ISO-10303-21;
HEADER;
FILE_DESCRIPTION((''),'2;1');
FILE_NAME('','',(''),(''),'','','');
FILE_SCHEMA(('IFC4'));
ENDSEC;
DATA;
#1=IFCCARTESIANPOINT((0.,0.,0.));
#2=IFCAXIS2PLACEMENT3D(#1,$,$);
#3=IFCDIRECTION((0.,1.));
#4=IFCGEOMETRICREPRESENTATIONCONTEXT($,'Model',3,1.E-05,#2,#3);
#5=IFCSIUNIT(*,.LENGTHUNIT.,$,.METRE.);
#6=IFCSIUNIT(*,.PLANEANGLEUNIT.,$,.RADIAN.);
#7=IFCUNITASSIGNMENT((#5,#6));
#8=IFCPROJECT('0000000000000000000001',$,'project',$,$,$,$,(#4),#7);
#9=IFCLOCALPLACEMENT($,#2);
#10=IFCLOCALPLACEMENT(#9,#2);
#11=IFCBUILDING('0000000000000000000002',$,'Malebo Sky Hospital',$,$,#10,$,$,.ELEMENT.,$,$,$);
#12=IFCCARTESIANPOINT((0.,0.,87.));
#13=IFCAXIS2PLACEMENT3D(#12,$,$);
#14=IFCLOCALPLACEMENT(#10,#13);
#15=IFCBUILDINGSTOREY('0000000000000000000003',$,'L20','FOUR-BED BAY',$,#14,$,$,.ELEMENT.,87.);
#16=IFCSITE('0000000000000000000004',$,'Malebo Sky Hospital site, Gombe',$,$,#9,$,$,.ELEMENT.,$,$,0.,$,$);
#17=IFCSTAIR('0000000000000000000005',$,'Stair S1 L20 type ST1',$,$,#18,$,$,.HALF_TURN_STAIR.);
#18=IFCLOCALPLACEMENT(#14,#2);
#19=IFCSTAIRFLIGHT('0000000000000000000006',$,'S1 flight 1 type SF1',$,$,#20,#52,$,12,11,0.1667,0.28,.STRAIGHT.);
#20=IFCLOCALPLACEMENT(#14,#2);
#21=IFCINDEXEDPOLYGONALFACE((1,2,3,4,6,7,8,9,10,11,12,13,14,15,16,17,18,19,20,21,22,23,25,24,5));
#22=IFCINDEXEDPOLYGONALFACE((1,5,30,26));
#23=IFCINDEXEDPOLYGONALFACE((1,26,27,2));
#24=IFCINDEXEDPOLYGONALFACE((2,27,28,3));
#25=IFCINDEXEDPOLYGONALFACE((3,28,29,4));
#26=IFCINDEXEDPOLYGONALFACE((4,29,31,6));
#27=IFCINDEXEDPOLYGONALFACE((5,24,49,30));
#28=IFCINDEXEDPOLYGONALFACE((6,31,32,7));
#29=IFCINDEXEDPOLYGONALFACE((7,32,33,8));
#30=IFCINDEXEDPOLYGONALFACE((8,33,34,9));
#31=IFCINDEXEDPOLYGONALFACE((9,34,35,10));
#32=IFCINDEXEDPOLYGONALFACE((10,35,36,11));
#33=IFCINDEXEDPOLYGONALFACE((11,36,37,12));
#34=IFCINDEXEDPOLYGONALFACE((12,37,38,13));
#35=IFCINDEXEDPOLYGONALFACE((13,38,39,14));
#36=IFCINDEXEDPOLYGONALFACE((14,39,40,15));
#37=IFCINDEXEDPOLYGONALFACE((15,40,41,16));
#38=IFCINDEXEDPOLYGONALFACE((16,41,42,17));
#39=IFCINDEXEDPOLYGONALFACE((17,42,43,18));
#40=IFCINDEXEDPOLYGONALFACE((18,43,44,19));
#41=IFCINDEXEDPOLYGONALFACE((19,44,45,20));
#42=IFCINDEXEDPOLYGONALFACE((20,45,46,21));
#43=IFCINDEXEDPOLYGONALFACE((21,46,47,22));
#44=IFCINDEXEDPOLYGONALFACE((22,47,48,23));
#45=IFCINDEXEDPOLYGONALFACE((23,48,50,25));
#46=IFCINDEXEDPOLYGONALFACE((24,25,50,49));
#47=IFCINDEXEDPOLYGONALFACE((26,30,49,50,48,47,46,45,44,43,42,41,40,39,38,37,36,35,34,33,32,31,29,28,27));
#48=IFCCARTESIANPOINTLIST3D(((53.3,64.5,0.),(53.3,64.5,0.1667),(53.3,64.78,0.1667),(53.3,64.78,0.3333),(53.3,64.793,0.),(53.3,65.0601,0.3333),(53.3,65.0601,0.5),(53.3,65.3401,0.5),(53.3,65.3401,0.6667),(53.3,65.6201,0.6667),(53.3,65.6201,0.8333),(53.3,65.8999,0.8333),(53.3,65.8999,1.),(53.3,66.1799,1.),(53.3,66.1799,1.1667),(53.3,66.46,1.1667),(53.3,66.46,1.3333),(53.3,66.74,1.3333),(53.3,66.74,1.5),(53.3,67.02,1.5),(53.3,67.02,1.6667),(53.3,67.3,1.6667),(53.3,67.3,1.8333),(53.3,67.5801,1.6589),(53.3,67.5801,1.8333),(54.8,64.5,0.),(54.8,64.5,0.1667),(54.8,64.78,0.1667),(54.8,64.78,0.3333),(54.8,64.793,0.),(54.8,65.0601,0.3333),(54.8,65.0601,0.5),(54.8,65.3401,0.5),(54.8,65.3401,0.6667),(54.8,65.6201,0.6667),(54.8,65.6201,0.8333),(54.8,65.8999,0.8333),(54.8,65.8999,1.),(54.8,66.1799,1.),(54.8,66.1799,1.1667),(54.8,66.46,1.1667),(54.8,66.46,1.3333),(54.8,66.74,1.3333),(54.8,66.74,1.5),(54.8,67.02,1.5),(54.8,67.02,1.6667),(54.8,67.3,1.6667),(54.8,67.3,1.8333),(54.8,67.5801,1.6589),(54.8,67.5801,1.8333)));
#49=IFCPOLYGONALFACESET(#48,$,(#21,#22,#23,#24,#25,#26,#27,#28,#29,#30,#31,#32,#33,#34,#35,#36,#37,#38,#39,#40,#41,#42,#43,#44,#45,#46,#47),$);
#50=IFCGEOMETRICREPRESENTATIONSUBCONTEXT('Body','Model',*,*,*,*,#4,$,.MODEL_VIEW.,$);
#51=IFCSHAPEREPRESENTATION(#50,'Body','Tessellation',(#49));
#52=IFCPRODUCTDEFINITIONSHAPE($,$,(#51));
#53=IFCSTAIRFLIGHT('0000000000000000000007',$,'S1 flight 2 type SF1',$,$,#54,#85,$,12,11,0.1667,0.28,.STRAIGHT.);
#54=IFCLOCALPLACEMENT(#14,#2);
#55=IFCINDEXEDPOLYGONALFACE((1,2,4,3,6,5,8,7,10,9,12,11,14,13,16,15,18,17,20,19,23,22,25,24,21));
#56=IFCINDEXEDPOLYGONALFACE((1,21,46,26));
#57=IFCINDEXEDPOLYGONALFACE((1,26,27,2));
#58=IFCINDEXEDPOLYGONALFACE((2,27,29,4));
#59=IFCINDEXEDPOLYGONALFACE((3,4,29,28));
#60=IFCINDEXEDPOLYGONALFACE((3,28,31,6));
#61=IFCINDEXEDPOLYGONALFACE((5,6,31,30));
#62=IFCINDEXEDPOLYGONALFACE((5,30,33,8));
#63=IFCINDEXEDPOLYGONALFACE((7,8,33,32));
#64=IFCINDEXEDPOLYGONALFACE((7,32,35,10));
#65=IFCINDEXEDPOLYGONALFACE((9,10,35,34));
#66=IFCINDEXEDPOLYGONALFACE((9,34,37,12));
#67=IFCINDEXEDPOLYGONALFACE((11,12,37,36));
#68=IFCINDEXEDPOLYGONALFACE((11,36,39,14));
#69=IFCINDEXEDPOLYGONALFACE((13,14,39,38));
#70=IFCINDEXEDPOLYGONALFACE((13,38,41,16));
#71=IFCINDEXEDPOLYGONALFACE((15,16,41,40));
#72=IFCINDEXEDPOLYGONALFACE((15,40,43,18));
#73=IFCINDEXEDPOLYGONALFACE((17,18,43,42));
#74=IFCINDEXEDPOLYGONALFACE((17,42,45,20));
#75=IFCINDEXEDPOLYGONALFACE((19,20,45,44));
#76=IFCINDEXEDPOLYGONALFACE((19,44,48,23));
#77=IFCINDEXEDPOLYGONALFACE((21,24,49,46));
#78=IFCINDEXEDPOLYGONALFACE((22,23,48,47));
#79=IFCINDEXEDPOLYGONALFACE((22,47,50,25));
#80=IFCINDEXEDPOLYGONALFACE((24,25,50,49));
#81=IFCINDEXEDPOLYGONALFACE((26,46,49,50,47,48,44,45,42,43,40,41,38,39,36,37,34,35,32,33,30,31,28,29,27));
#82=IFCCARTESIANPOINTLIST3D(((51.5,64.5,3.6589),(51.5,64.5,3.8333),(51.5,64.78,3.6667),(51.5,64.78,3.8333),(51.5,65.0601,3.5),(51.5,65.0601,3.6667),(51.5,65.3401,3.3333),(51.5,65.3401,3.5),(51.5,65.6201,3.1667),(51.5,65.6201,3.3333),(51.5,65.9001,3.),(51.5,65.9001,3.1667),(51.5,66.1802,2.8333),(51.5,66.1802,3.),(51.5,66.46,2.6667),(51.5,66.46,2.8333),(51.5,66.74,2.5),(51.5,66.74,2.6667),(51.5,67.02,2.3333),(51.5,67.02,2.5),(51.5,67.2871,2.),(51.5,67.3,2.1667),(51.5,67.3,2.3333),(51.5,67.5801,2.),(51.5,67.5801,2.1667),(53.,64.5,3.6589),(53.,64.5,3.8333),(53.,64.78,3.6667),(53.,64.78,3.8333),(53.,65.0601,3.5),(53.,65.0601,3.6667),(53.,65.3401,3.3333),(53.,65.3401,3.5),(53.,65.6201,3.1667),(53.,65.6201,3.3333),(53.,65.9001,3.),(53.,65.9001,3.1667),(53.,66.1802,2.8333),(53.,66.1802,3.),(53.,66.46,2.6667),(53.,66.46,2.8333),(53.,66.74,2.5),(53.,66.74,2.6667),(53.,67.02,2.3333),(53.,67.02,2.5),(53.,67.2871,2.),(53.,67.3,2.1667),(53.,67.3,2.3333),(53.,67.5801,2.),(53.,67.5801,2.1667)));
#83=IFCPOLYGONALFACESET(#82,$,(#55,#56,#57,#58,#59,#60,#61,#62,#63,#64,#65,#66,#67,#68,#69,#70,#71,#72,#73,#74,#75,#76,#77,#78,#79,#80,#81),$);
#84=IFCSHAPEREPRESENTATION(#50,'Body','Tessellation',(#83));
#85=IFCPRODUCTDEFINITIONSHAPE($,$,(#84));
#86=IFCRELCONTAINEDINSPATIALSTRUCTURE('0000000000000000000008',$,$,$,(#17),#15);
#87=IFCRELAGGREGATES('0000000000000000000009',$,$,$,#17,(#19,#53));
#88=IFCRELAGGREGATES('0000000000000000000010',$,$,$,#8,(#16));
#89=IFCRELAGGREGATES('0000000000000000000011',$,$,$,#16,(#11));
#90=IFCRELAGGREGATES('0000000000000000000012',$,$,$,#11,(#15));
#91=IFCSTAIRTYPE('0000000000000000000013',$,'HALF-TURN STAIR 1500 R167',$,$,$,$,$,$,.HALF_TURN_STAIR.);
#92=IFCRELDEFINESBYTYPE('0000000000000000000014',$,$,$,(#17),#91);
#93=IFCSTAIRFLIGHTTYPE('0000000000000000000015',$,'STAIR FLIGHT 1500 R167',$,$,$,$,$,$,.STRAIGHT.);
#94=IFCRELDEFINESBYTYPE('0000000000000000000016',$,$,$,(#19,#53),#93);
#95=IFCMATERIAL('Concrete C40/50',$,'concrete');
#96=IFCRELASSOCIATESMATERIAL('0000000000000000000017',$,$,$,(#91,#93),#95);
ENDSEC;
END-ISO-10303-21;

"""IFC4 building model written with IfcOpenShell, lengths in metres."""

from ifc_helpers import new_model, si_unit, direction, frame, origin, place, context, subcontext, project, spatial, polyline, outline, extrude, material, type_object, element, aggregate, save


model = new_model("IFC4")

# Units and contexts
model_context = context("Model", 3, precision=1e-05, world=origin(), true_north=direction((0.0, 1.0)))
body_context = subcontext(model_context, "Body", "Model", "MODEL_VIEW")
ifc_project = project(units=[si_unit("LENGTHUNIT", "METRE"), si_unit("PLANEANGLEUNIT", "RADIAN")], contexts=[model_context])

# Site, building, storey
site_placement = place(None, origin())
site = spatial("IfcSite", under=ifc_project, at=site_placement, Name="Malebo Sky Hospital site, Gombe", CompositionType="ELEMENT", RefElevation=0.0)
building_placement = place(site_placement, origin())
building = spatial("IfcBuilding", under=site, at=building_placement, Name="Malebo Sky Hospital", CompositionType="ELEMENT")
storey_placement = place(building_placement, frame((0.0, 0.0, 87.0)))
storey = spatial("IfcBuildingStorey", under=building, at=storey_placement, Name="L20", Description="FOUR-BED BAY", CompositionType="ELEMENT", Elevation=87.0)

# Stair, stair flights
ifc_material_1 = material(Name="Concrete C40/50", Category="concrete")
stair_type = type_object("IfcStairType", Name="HALF-TURN STAIR 1500 R167", PredefinedType="HALF_TURN_STAIR", material=ifc_material_1)
stair_placement = place(storey_placement, origin())
stair = element("IfcStair", 1, at=stair_placement, inside=storey, type_object=stair_type, Name="Stair S1 L20 type ST1", PredefinedType="HALF_TURN_STAIR")
stair_flight_type = type_object("IfcStairFlightType", Name="STAIR FLIGHT 1500 R167", PredefinedType="STRAIGHT", material=ifc_material_1)
stair_flight_1_placement = place(storey_placement, frame((54.05, 64.5, 0.0), z_axis=(0.0, 0.0, 1.0), x_axis=(0.0, 1.0, 0.0)))
stair_flight_1 = element("IfcStairFlight", 2, at=stair_flight_1_placement, type_object=stair_flight_type, Name="S1 flight 1 type SF1", NumberOfRisers=12, NumberOfTreads=11, PredefinedType="STRAIGHT", RiserHeight=0.1667, TreadLength=0.28, context=body_context, shape_type="SweptSolid", body=[
    extrude(outline(polyline([(0.0, 0.0), (0.0, 0.1667), (0.28, 0.1667), (0.28, 0.3333), (0.5601, 0.3333), (0.5601, 0.5), (0.8401, 0.5), (0.8401, 0.6667), (1.1201, 0.6667), (1.1201, 0.8333), (1.3999, 0.8333), (1.3999, 1.0), (1.6799, 1.0), (1.6799, 1.1667), (1.96, 1.1667), (1.96, 1.3333), (2.24, 1.3333), (2.24, 1.5), (2.52, 1.5), (2.52, 1.6667), (2.8, 1.6667), (2.8, 1.8333), (3.0801, 1.8333), (3.0801, 2.0), (3.0801, 1.6589), (0.293, 0.0), (0.0, 0.0)])), frame((0.0, 0.75, 0.0), z_axis=(0.0, -1.0, 0.0), x_axis=(1.0, 0.0, 0.0)), (0.0, 0.0, 1.0), 1.5),
])
stair_flight_2_placement = place(storey_placement, frame((52.25, 67.5801, 2.0), z_axis=(0.0, 0.0, 1.0), x_axis=(0.0, -1.0, 0.0)))
stair_flight_2 = element("IfcStairFlight", 3, at=stair_flight_2_placement, type_object=stair_flight_type, Name="S1 flight 2 type SF1", NumberOfRisers=12, NumberOfTreads=11, PredefinedType="STRAIGHT", RiserHeight=0.1667, TreadLength=0.28, context=body_context, shape_type="SweptSolid", body=[
    extrude(outline(polyline([(0.0, 0.0), (0.0, 0.1667), (0.28, 0.1667), (0.28, 0.3333), (0.5601, 0.3333), (0.5601, 0.5), (0.8401, 0.5), (0.8401, 0.6667), (1.1201, 0.6667), (1.1201, 0.8333), (1.3999, 0.8333), (1.3999, 1.0), (1.6799, 1.0), (1.6799, 1.1667), (1.96, 1.1667), (1.96, 1.3333), (2.24, 1.3333), (2.24, 1.5), (2.52, 1.5), (2.52, 1.6667), (2.8, 1.6667), (2.8, 1.8333), (3.0801, 1.8333), (3.0801, 2.0), (3.0801, 1.6589), (0.293, 0.0), (0.0, 0.0)])), frame((0.0, 0.75, 0.0), z_axis=(0.0, -1.0, 0.0), x_axis=(1.0, 0.0, 0.0)), (0.0, 0.0, 1.0), 1.5),
])
aggregate(stair, [stair_flight_1, stair_flight_2])

save(model, "model.ifc")
